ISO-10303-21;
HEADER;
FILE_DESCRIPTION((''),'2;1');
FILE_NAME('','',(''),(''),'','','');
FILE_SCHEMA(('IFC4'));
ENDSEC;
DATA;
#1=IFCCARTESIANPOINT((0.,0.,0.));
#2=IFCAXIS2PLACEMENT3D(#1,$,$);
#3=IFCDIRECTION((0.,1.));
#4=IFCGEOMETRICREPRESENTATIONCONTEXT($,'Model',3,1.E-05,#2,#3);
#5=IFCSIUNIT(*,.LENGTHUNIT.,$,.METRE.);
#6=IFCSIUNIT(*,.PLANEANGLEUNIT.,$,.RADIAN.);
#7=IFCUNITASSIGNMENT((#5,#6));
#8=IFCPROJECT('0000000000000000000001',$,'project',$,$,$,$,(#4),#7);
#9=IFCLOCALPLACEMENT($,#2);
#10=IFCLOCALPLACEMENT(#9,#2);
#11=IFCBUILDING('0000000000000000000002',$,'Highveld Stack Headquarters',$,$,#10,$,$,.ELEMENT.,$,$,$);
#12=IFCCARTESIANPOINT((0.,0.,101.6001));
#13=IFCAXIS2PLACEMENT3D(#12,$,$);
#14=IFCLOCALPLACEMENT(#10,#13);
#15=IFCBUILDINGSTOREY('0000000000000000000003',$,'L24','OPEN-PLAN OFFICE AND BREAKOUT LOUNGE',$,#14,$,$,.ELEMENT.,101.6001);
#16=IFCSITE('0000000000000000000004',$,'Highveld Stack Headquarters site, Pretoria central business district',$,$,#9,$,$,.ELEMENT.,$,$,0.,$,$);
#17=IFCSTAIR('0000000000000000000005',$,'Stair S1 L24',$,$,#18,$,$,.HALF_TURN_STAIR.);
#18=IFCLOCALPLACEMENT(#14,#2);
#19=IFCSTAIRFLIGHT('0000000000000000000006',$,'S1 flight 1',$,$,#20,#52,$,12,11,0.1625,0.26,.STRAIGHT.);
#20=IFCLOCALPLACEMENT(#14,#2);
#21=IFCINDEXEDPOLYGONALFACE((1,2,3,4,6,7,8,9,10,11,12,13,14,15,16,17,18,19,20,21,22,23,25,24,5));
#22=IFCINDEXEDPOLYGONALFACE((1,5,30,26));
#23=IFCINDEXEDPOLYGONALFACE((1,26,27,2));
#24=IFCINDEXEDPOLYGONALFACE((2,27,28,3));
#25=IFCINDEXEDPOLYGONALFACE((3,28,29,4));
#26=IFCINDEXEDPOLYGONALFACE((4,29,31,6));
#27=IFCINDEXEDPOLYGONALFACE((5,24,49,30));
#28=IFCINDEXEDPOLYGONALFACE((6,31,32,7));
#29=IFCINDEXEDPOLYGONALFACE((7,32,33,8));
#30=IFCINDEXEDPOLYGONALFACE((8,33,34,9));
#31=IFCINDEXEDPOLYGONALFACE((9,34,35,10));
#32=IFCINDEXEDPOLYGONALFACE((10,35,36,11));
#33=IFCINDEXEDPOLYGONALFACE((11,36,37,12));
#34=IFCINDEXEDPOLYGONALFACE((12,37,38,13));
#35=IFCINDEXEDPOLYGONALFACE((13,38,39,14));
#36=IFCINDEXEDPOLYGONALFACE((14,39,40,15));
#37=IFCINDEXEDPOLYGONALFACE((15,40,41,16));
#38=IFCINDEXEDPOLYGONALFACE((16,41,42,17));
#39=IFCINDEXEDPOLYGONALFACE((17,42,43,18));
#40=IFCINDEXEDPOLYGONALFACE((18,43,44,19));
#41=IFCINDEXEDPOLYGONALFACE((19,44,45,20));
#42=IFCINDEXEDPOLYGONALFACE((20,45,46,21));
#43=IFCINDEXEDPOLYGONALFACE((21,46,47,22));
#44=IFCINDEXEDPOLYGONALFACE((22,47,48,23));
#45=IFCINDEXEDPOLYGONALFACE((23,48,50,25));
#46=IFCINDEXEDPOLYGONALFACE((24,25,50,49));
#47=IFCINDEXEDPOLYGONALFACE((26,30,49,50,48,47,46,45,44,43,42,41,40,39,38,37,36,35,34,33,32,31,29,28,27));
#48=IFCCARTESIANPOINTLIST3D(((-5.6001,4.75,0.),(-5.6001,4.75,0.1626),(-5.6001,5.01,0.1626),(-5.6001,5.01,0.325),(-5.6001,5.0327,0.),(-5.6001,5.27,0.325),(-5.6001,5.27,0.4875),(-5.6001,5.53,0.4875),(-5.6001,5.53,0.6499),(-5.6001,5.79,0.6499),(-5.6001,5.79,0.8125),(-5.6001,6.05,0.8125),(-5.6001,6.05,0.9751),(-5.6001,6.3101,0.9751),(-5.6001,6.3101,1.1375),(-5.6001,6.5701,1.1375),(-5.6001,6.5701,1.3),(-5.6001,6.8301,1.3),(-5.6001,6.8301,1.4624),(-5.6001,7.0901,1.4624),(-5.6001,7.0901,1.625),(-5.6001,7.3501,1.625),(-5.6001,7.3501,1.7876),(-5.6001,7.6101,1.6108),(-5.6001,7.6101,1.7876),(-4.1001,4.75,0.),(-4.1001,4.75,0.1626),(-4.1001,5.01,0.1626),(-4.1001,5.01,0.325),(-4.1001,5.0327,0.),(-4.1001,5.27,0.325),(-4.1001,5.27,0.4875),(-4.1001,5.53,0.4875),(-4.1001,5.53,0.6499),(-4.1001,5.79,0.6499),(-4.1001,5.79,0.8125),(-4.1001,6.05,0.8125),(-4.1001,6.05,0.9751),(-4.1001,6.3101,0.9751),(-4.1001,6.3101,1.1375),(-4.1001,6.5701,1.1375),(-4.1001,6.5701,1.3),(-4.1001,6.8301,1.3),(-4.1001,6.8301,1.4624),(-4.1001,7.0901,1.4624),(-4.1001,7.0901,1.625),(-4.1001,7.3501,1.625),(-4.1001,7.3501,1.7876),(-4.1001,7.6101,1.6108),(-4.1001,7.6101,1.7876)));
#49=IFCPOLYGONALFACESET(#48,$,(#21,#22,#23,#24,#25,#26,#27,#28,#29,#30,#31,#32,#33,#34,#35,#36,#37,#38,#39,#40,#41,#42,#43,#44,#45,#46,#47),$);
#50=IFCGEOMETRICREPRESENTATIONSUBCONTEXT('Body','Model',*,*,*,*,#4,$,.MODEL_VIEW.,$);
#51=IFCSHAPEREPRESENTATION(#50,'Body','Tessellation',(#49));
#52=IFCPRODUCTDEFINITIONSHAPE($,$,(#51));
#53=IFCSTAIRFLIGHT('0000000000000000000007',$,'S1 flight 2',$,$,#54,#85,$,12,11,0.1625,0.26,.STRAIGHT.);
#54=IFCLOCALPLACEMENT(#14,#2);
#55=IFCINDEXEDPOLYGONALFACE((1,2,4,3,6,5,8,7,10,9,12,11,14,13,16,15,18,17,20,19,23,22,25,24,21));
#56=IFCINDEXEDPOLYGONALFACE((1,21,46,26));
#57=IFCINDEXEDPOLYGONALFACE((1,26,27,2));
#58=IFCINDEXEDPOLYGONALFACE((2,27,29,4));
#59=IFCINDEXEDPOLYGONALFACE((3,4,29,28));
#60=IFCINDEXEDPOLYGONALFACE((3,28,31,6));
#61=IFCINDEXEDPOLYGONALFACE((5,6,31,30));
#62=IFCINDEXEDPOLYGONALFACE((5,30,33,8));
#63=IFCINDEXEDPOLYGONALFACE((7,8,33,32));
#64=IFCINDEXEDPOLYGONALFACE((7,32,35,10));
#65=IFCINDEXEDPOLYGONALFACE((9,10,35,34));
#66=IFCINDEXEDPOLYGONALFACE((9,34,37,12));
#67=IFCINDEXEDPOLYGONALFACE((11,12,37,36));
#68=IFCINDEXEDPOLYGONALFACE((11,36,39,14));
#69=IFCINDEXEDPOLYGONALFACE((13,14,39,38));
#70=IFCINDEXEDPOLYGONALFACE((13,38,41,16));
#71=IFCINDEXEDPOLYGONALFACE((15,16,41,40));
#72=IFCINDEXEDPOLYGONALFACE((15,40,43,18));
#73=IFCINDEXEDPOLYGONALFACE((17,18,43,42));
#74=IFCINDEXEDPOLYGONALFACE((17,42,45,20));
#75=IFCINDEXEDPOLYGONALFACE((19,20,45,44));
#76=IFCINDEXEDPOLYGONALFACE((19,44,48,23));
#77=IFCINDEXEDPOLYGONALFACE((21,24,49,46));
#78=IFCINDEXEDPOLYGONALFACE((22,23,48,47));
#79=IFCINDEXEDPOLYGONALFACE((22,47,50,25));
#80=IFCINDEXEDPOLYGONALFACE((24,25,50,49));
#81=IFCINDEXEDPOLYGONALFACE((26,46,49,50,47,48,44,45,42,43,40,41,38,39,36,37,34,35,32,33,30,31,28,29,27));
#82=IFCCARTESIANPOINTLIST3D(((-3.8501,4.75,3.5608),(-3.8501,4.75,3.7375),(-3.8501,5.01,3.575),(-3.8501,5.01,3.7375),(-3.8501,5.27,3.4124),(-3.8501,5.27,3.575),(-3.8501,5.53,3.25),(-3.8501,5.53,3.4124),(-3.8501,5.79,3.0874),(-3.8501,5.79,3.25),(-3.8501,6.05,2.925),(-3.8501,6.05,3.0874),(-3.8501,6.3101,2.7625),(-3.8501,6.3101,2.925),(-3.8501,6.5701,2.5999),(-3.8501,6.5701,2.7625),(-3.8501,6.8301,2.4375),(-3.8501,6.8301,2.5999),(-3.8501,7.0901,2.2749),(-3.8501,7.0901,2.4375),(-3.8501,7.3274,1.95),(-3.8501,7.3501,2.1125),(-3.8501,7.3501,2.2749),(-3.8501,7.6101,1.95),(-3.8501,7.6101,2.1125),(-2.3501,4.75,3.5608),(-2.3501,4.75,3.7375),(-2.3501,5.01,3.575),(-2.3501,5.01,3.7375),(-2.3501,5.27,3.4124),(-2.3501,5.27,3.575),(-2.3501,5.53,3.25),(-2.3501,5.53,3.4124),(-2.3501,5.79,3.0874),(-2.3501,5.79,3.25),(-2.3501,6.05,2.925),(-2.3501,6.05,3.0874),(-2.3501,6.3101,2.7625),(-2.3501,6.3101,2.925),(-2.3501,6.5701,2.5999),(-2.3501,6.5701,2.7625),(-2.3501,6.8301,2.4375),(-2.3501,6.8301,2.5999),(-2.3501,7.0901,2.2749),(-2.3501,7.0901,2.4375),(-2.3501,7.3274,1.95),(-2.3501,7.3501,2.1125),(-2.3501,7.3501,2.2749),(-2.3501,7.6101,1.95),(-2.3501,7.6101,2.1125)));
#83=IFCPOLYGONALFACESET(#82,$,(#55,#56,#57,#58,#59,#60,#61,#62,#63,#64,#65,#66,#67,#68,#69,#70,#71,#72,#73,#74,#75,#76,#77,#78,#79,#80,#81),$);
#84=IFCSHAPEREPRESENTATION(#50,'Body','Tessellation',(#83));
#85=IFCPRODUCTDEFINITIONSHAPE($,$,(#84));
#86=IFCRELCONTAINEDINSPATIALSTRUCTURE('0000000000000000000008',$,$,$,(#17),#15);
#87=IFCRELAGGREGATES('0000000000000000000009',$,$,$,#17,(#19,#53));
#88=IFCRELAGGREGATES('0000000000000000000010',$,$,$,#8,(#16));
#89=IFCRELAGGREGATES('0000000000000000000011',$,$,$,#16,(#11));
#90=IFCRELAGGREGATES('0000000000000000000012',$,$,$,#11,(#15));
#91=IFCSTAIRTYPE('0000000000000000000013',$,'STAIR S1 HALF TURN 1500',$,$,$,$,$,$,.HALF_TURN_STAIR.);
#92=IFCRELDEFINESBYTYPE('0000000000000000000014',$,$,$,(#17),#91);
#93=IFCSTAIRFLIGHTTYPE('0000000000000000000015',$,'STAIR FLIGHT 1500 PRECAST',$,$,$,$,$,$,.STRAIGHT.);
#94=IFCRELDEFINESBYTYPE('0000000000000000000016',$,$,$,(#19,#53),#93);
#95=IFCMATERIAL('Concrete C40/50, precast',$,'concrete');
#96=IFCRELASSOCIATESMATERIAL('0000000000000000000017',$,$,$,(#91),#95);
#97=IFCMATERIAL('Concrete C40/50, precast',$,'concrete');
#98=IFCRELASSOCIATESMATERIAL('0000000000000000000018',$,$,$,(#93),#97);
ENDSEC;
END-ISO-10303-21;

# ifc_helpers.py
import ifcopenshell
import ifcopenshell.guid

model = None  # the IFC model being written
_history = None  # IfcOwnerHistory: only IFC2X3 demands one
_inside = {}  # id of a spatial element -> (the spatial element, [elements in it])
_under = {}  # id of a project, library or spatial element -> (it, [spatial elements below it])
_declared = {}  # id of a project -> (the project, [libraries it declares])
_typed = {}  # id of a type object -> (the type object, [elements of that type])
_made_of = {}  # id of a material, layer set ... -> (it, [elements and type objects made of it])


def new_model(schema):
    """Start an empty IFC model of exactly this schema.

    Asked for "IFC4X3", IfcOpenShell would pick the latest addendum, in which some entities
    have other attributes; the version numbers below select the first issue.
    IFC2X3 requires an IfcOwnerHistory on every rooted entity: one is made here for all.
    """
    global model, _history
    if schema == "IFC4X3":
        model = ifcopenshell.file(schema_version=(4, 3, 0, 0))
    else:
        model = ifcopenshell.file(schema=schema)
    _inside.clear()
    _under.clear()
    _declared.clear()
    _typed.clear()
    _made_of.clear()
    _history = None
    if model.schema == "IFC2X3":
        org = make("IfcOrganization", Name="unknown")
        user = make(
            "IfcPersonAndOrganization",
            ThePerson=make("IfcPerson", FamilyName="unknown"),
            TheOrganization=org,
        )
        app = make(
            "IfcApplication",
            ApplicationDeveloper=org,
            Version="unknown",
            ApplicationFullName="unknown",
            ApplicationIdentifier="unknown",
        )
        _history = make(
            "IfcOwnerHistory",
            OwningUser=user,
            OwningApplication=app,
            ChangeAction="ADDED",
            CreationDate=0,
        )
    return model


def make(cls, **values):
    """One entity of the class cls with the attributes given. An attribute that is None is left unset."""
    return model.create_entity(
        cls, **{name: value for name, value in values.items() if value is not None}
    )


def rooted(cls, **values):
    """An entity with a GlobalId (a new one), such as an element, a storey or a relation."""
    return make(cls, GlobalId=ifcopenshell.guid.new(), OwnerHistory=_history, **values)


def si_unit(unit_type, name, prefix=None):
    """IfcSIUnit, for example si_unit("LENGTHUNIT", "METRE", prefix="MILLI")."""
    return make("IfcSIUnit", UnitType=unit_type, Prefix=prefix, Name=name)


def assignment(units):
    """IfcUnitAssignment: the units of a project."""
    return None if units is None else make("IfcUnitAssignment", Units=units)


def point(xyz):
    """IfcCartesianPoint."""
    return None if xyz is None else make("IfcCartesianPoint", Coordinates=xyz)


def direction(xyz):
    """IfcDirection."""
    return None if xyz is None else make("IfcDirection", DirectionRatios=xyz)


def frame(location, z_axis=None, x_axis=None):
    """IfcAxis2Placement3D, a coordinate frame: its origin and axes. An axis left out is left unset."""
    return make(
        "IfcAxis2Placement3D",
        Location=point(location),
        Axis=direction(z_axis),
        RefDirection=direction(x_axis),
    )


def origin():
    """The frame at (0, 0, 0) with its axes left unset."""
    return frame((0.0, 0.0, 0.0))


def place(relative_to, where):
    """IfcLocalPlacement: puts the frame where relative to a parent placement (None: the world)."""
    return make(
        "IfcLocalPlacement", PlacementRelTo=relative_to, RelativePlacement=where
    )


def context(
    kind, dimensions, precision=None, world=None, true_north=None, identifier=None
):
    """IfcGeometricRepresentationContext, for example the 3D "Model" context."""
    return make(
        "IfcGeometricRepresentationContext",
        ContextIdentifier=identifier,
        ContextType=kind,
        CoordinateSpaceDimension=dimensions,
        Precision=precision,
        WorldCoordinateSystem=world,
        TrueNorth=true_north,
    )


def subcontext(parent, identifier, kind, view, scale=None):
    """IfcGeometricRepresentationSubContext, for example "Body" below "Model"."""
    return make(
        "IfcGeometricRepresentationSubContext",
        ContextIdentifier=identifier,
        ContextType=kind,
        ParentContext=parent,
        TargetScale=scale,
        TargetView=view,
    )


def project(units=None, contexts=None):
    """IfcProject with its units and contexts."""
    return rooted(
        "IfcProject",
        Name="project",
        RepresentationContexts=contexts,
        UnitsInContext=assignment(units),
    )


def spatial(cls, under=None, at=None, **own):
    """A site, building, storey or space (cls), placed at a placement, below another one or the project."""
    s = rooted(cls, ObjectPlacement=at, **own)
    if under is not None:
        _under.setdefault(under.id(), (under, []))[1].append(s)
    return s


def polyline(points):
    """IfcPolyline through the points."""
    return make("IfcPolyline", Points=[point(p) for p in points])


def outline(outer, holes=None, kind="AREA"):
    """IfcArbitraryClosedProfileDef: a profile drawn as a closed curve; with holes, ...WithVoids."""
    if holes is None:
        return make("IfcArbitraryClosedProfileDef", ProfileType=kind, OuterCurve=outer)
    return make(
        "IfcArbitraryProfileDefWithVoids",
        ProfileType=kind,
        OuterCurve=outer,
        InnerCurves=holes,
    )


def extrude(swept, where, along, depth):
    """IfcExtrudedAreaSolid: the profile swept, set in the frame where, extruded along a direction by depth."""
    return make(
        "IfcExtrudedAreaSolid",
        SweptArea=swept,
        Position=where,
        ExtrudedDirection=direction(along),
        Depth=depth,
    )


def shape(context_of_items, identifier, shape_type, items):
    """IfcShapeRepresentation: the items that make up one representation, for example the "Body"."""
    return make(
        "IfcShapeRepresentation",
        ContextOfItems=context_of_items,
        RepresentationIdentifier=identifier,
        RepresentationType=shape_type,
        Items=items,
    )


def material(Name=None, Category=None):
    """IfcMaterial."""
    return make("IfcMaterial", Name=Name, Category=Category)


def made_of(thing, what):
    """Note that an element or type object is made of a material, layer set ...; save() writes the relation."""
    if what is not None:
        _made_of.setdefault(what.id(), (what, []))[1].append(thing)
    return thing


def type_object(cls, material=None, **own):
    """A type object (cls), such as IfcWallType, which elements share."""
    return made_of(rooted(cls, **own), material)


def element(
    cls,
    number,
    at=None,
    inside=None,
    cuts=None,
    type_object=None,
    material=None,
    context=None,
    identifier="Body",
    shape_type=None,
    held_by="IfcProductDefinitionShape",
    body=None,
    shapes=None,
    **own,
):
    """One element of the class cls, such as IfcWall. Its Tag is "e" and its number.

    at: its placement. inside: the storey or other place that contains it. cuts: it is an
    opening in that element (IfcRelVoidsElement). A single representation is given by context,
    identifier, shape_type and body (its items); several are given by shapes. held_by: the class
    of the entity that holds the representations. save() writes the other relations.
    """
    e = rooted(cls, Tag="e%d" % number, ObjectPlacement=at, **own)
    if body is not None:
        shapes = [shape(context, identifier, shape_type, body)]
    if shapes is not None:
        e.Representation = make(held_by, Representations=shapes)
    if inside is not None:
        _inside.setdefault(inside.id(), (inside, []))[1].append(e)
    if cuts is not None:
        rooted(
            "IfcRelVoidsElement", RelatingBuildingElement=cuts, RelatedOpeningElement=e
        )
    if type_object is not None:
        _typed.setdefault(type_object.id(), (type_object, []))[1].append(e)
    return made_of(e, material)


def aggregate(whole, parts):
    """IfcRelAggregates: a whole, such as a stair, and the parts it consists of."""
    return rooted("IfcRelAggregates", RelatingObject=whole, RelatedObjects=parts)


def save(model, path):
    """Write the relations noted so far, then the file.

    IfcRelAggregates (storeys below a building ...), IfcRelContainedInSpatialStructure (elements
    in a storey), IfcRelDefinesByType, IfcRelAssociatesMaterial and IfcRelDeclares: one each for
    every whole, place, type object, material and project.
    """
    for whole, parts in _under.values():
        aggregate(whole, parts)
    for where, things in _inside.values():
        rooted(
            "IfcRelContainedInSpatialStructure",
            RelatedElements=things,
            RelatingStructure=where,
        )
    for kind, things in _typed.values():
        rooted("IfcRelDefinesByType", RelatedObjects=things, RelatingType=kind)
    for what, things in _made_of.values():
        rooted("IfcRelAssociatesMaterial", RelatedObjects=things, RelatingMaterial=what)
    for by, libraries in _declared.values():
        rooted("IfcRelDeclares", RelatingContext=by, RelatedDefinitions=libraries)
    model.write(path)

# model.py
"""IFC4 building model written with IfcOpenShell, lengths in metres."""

from ifc_helpers import new_model, si_unit, direction, frame, origin, place, context, subcontext, project, spatial, polyline, outline, extrude, material, type_object, element, aggregate, save


model = new_model("IFC4")

# Units and contexts
model_context = context("Model", 3, precision=1e-05, world=origin(), true_north=direction((0.0, 1.0)))
body_context = subcontext(model_context, "Body", "Model", "MODEL_VIEW")
ifc_project = project(units=[si_unit("LENGTHUNIT", "METRE"), si_unit("PLANEANGLEUNIT", "RADIAN")], contexts=[model_context])

# Site, building, storey
site_placement = place(None, origin())
site = spatial("IfcSite", under=ifc_project, at=site_placement, Name="Highveld Stack Headquarters site, Pretoria central business district", CompositionType="ELEMENT", RefElevation=0.0)
building_placement = place(site_placement, origin())
building = spatial("IfcBuilding", under=site, at=building_placement, Name="Highveld Stack Headquarters", CompositionType="ELEMENT")
storey_placement = place(building_placement, frame((0.0, 0.0, 101.6001)))
storey = spatial("IfcBuildingStorey", under=building, at=storey_placement, Name="L24", Description="OPEN-PLAN OFFICE AND BREAKOUT LOUNGE", CompositionType="ELEMENT", Elevation=101.6001)

# Stair, stair flights
ifc_material_1 = material(Name="Concrete C40/50, precast", Category="concrete")
stair_type = type_object("IfcStairType", Name="STAIR S1 HALF TURN 1500", PredefinedType="HALF_TURN_STAIR", material=ifc_material_1)
stair_placement = place(storey_placement, origin())
stair = element("IfcStair", 1, at=stair_placement, inside=storey, type_object=stair_type, Name="Stair S1 L24", PredefinedType="HALF_TURN_STAIR")
ifc_material_2 = material(Name="Concrete C40/50, precast", Category="concrete")
stair_flight_type = type_object("IfcStairFlightType", Name="STAIR FLIGHT 1500 PRECAST", PredefinedType="STRAIGHT", material=ifc_material_2)
stair_flight_1_placement = place(storey_placement, frame((-4.8501, 4.75, 0.0), z_axis=(0.0, 0.0, 1.0), x_axis=(0.0, 1.0, 0.0)))
stair_flight_1 = element("IfcStairFlight", 2, at=stair_flight_1_placement, type_object=stair_flight_type, Name="S1 flight 1", NumberOfRisers=12, NumberOfTreads=11, PredefinedType="STRAIGHT", RiserHeight=0.1625, TreadLength=0.26, context=body_context, shape_type="SweptSolid", body=[
    extrude(outline(polyline([(0.0, 0.0), (0.0, 0.1626), (0.26, 0.1626), (0.26, 0.325), (0.52, 0.325), (0.52, 0.4875), (0.78, 0.4875), (0.78, 0.6499), (1.04, 0.6499), (1.04, 0.8125), (1.3, 0.8125), (1.3, 0.9751), (1.5601, 0.9751), (1.5601, 1.1375), (1.8201, 1.1375), (1.8201, 1.3), (2.0801, 1.3), (2.0801, 1.4624), (2.3401, 1.4624), (2.3401, 1.625), (2.6001, 1.625), (2.6001, 1.7876), (2.8601, 1.7876), (2.8601, 1.95), (2.8601, 1.6108), (0.2827, 0.0), (0.0, 0.0)])), frame((0.0, 0.75, 0.0), z_axis=(0.0, -1.0, 0.0), x_axis=(1.0, 0.0, 0.0)), (0.0, 0.0, 1.0), 1.5),
])
stair_flight_2_placement = place(storey_placement, frame((-3.1001, 7.6101, 1.95), z_axis=(0.0, 0.0, 1.0), x_axis=(0.0, -1.0, 0.0)))
stair_flight_2 = element("IfcStairFlight", 3, at=stair_flight_2_placement, type_object=stair_flight_type, Name="S1 flight 2", NumberOfRisers=12, NumberOfTreads=11, PredefinedType="STRAIGHT", RiserHeight=0.1625, TreadLength=0.26, context=body_context, shape_type="SweptSolid", body=[
    extrude(outline(polyline([(0.0, 0.0), (0.0, 0.1626), (0.26, 0.1626), (0.26, 0.325), (0.52, 0.325), (0.52, 0.4875), (0.78, 0.4875), (0.78, 0.6499), (1.04, 0.6499), (1.04, 0.8125), (1.3, 0.8125), (1.3, 0.9751), (1.5601, 0.9751), (1.5601, 1.1375), (1.8201, 1.1375), (1.8201, 1.3), (2.0801, 1.3), (2.0801, 1.4624), (2.3401, 1.4624), (2.3401, 1.625), (2.6001, 1.625), (2.6001, 1.7876), (2.8601, 1.7876), (2.8601, 1.95), (2.8601, 1.6108), (0.2827, 0.0), (0.0, 0.0)])), frame((0.0, 0.75, 0.0), z_axis=(0.0, -1.0, 0.0), x_axis=(1.0, 0.0, 0.0)), (0.0, 0.0, 1.0), 1.5),
])
aggregate(stair, [stair_flight_1, stair_flight_2])

save(model, "model.ifc")
